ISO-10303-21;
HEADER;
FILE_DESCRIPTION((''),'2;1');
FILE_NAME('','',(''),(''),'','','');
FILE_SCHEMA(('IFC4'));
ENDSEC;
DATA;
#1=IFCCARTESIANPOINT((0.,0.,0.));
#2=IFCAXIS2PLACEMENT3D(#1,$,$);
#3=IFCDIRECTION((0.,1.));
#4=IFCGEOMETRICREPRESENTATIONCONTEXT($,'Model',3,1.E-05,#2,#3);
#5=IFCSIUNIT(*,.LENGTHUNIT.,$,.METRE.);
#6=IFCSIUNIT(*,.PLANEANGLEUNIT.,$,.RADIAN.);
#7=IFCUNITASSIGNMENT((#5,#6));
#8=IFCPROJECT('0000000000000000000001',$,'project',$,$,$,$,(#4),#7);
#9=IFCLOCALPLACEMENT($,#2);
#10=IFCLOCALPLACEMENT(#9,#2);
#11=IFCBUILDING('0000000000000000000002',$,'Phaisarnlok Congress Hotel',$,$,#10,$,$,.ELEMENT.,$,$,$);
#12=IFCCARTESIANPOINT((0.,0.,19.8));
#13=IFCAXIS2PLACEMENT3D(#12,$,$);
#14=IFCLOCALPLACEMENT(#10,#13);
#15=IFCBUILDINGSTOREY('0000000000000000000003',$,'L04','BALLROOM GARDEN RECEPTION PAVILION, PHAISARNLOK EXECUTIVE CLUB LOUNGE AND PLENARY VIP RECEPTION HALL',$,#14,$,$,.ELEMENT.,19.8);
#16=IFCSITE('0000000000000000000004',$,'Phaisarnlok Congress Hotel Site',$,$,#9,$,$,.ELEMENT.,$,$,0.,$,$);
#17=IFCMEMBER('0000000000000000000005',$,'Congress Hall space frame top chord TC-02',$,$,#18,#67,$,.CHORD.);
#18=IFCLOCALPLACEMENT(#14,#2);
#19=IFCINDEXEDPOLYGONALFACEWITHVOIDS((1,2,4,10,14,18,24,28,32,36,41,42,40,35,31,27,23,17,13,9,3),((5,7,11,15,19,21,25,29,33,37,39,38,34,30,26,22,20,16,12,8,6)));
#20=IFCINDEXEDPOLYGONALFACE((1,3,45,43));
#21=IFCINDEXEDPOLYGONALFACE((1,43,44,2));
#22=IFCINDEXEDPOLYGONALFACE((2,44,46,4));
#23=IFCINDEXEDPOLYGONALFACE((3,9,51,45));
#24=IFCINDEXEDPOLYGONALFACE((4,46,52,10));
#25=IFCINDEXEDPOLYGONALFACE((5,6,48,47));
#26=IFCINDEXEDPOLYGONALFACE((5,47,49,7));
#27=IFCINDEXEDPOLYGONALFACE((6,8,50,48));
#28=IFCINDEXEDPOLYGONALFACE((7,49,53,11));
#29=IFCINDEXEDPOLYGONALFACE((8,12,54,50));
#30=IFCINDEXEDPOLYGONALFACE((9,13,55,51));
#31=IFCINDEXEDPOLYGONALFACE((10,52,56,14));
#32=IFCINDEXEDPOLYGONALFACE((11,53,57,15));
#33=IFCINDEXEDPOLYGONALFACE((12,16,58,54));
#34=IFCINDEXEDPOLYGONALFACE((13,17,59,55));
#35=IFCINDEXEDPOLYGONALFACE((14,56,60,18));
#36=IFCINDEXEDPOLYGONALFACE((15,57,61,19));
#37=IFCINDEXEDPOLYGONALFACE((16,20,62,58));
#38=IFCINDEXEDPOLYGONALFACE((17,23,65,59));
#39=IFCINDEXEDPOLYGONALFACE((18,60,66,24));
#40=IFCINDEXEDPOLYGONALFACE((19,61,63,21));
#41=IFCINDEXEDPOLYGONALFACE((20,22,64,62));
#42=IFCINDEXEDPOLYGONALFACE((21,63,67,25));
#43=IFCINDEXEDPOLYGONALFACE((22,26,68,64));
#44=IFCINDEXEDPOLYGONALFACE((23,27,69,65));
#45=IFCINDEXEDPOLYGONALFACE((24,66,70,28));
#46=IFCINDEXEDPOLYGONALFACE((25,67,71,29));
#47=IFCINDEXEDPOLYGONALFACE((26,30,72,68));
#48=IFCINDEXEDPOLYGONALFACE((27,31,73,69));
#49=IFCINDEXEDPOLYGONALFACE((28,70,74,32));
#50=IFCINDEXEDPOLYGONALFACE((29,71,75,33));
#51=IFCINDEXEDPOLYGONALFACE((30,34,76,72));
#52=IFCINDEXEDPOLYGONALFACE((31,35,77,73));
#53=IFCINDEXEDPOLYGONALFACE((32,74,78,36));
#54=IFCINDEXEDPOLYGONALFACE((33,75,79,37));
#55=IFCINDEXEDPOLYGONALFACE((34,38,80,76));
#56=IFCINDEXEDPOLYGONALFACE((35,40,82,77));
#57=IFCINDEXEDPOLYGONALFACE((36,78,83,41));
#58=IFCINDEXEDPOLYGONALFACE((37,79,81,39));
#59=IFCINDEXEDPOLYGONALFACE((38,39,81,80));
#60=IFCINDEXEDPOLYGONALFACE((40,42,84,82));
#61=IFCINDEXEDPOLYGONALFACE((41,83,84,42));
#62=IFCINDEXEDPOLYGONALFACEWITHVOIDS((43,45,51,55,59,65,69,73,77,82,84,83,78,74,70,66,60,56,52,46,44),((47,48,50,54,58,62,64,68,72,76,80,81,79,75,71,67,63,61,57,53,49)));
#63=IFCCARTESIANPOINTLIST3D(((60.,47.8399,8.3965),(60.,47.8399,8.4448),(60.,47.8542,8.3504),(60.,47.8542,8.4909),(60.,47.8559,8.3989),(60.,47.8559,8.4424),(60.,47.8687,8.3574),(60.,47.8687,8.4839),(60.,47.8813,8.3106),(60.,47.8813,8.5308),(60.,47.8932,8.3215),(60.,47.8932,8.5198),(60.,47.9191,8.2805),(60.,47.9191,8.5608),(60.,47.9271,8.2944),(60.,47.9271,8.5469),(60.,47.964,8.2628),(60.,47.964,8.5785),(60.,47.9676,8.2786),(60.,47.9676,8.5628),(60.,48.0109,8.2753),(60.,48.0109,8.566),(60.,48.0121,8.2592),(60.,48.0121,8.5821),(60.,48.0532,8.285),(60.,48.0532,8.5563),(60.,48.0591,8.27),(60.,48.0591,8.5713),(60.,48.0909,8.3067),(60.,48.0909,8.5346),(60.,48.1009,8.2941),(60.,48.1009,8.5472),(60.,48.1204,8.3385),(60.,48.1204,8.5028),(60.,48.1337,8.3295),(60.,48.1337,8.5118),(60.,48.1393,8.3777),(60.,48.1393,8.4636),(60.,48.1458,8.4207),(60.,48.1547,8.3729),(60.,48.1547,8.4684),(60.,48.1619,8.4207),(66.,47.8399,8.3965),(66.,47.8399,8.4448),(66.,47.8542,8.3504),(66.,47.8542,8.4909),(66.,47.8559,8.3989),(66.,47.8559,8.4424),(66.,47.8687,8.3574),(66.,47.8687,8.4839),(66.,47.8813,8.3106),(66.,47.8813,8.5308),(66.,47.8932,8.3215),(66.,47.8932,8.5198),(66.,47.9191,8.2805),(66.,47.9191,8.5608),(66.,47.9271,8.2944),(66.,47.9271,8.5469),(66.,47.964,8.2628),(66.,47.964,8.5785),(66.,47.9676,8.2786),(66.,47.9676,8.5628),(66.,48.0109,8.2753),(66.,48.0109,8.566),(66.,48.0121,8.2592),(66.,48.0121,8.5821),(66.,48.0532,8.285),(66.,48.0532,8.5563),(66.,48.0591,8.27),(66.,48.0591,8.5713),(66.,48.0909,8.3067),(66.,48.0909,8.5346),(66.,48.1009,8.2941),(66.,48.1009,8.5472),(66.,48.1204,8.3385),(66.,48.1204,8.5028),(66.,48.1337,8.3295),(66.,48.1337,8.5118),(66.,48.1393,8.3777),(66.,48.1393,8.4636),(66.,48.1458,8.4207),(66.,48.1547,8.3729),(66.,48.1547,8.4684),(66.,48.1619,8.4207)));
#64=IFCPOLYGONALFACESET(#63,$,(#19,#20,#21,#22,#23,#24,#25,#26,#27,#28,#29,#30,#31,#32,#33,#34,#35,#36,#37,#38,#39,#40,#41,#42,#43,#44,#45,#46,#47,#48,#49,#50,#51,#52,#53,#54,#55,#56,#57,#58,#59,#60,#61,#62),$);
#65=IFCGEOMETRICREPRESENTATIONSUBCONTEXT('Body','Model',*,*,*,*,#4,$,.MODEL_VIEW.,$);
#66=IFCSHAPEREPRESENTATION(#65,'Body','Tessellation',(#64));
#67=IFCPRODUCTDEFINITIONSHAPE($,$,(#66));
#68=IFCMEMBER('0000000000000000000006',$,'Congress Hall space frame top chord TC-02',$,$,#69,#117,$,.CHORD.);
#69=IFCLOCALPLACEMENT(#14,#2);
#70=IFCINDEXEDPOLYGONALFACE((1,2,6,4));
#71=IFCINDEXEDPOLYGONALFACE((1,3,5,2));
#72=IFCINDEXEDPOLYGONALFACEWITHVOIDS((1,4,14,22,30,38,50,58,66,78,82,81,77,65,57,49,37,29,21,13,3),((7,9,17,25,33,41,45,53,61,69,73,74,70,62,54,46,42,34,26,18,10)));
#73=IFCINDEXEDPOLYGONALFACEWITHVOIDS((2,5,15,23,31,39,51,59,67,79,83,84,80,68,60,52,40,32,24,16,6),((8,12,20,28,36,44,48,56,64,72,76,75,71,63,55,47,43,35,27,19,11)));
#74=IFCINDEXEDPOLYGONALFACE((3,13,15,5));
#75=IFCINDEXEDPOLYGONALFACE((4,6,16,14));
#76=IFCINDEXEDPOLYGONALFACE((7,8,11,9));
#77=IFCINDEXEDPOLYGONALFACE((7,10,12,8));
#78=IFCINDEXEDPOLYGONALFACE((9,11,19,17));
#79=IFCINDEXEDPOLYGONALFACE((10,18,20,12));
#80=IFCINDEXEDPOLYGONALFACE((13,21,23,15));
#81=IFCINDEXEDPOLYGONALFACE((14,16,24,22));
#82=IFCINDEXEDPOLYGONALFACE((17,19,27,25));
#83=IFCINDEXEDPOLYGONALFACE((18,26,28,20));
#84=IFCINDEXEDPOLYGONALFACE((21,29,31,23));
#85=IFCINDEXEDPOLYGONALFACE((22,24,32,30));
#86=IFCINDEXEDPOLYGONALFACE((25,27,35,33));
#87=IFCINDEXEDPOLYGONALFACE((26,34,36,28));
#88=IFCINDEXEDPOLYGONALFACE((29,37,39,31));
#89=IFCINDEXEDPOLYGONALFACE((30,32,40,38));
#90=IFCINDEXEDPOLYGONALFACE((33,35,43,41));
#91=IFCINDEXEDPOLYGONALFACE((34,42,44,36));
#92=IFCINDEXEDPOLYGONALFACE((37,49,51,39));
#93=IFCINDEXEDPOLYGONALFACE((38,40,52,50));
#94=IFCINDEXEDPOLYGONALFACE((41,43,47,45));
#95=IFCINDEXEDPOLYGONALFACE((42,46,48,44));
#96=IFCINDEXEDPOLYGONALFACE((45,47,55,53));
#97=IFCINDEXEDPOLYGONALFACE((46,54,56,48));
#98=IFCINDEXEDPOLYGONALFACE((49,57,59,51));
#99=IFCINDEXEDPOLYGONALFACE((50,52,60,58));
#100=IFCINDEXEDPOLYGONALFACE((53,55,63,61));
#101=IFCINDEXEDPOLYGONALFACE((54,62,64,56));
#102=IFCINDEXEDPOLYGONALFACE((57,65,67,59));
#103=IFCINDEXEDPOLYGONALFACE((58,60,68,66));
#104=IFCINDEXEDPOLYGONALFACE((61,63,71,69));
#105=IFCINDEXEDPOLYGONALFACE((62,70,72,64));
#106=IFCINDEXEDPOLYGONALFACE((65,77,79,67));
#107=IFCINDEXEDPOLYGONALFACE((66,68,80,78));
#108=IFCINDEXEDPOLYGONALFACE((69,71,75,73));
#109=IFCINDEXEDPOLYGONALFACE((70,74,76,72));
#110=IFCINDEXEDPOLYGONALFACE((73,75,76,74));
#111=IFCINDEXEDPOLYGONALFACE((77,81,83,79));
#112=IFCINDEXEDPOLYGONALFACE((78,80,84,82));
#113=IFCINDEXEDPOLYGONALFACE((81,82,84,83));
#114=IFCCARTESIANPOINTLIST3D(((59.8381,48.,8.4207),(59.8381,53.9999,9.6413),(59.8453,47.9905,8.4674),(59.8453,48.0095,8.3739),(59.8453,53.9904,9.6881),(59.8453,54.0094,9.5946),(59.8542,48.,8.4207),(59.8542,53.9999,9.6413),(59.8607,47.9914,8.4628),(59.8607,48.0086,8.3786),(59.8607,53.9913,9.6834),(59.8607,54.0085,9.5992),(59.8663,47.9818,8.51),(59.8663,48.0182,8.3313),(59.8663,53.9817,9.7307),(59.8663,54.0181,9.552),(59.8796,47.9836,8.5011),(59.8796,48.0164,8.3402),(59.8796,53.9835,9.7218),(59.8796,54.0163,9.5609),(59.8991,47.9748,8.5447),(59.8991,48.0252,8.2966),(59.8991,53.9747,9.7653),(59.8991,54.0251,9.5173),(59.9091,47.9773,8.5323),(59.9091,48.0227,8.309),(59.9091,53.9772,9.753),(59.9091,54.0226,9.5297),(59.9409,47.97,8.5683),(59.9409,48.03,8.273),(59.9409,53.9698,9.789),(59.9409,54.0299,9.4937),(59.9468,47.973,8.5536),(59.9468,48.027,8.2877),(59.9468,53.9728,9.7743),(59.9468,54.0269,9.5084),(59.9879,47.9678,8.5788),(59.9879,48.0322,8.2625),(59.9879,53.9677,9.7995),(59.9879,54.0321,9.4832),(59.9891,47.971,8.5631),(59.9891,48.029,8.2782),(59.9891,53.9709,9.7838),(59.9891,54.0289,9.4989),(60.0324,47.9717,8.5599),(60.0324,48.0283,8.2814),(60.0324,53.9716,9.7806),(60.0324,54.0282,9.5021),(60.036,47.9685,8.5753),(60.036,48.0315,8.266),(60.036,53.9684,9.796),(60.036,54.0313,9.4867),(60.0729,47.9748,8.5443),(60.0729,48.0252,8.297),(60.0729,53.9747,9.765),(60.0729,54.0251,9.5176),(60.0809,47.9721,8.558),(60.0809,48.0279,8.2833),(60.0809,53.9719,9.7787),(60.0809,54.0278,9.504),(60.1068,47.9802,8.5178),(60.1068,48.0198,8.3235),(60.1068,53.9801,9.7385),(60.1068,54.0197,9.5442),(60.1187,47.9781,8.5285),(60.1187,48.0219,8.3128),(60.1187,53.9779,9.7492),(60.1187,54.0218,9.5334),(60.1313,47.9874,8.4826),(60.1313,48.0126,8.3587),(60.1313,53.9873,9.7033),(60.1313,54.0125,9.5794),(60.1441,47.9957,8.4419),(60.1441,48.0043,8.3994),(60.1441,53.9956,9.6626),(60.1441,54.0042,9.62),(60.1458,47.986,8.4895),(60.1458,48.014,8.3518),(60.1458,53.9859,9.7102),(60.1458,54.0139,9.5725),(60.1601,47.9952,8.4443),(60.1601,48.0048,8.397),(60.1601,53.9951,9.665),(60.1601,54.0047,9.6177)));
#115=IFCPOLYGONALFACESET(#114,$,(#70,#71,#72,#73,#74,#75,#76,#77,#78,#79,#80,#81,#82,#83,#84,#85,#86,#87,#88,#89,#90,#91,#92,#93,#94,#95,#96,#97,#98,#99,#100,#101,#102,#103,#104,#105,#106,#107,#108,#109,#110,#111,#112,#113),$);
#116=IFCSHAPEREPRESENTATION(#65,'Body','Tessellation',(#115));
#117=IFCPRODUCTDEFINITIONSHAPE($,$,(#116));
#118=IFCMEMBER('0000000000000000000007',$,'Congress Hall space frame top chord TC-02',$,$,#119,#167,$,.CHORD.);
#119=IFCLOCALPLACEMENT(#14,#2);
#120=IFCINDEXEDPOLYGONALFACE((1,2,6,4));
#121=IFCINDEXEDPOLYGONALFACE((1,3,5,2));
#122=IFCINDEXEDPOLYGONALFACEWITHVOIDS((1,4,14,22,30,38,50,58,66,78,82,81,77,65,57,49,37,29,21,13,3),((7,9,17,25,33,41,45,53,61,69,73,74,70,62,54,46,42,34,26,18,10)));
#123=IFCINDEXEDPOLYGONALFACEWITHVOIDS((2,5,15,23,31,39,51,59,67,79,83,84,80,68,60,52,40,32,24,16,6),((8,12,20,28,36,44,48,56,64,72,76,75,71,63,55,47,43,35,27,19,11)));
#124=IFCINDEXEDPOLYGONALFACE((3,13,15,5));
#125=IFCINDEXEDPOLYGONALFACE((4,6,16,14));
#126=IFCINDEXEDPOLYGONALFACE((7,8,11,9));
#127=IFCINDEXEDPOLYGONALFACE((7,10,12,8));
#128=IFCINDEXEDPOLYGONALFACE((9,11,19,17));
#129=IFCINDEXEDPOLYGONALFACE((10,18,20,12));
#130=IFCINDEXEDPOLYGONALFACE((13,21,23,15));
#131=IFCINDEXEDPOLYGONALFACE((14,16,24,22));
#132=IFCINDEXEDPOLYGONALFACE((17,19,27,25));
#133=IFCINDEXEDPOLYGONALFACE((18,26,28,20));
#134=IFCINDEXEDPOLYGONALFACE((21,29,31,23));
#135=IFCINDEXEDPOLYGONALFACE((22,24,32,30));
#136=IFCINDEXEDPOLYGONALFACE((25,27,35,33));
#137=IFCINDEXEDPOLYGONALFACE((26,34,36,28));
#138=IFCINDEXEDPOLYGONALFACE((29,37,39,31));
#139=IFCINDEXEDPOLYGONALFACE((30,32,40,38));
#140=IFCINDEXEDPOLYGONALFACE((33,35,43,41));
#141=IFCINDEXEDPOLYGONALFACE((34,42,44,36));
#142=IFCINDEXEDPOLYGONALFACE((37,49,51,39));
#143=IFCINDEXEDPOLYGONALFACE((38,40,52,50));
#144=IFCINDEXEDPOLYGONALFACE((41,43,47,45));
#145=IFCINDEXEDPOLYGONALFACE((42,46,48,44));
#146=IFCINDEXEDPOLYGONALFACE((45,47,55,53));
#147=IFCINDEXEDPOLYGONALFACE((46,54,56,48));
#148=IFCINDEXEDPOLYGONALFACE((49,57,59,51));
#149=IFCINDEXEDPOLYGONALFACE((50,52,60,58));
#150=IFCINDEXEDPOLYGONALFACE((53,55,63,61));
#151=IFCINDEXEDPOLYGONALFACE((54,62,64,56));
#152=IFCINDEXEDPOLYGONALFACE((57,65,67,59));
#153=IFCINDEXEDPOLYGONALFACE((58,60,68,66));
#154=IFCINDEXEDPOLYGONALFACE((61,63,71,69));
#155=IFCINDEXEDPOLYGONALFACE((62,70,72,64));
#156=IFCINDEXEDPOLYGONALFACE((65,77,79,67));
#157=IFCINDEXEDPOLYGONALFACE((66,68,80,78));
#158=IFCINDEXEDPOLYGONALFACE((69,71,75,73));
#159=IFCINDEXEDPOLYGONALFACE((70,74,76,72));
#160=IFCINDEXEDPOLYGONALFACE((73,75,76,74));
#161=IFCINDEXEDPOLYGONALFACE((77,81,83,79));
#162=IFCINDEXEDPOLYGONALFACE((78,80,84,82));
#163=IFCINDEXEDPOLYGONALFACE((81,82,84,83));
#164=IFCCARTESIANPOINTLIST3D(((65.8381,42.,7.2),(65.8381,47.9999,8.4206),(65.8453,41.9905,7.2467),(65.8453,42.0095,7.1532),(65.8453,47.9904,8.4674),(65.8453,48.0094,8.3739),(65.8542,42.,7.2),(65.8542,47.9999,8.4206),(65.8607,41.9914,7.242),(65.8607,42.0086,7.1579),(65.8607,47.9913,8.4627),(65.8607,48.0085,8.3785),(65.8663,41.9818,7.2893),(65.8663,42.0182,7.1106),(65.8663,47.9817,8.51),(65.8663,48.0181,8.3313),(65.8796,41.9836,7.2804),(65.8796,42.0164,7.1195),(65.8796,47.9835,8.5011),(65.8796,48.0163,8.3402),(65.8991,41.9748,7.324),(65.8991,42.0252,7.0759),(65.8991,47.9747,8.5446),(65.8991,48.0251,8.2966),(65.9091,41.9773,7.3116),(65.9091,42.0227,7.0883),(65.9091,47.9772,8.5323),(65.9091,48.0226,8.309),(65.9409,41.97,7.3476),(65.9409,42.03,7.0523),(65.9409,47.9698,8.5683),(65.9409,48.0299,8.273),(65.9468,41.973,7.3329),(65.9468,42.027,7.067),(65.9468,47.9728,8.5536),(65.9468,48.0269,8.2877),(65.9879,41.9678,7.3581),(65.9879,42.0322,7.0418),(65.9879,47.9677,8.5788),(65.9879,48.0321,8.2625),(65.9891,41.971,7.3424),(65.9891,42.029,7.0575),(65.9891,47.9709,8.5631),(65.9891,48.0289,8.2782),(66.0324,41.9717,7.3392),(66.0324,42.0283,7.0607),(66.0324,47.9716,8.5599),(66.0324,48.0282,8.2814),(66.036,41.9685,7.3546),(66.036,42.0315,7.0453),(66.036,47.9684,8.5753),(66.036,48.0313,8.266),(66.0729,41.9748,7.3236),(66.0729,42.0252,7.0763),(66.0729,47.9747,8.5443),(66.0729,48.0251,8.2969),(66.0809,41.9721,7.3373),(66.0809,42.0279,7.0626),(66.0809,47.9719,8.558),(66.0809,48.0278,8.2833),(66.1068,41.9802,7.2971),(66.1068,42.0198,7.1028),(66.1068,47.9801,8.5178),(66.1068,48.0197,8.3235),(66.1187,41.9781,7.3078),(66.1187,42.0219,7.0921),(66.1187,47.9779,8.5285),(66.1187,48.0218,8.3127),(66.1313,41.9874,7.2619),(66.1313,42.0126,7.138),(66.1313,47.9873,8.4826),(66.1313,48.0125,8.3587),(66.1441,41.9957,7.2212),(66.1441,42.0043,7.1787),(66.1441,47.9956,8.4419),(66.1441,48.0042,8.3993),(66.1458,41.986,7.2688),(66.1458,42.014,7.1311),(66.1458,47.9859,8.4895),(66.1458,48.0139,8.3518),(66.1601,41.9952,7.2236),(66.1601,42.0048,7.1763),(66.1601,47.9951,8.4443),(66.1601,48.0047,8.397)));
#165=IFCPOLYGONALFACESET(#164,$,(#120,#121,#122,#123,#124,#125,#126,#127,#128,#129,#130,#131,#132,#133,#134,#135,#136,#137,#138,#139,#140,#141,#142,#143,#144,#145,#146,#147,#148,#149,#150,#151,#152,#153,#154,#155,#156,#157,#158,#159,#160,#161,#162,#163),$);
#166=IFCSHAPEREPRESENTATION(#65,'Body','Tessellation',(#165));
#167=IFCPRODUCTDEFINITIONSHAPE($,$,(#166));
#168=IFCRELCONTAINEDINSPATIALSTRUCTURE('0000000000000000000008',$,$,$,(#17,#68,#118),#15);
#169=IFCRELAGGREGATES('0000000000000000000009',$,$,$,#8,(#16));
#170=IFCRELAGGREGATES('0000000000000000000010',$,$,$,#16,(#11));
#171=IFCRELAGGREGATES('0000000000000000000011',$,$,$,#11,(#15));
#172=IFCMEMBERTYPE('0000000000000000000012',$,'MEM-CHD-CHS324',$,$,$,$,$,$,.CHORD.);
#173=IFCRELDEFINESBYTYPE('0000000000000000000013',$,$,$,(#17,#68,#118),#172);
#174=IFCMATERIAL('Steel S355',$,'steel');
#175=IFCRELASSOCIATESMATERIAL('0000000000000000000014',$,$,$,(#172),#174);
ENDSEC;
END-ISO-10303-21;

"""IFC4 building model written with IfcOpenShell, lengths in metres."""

from ifc_helpers import new_model, si_unit, direction, frame, origin, origin_2d, place, context, subcontext, project, spatial, hollow_circle, extrude, material, material_profile, profile_set, type_object, element, save


model = new_model("IFC4")

# Units and contexts
model_context = context("Model", 3, precision=1e-05, world=origin(), true_north=direction((0.0, 1.0)))
body_context = subcontext(model_context, "Body", "Model", "MODEL_VIEW")
ifc_project = project(units=[si_unit("LENGTHUNIT", "METRE"), si_unit("PLANEANGLEUNIT", "RADIAN")], contexts=[model_context])

# Site, building, storey
site_placement = place(None, origin())
site = spatial("IfcSite", under=ifc_project, at=site_placement, Name="Phaisarnlok Congress Hotel Site", CompositionType="ELEMENT", RefElevation=0.0)
building_placement = place(site_placement, origin())
building = spatial("IfcBuilding", under=site, at=building_placement, Name="Phaisarnlok Congress Hotel", CompositionType="ELEMENT")
storey_placement = place(building_placement, frame((0.0, 0.0, 19.8)))
storey = spatial("IfcBuildingStorey", under=building, at=storey_placement, Name="L04", Description="BALLROOM GARDEN RECEPTION PAVILION, PHAISARNLOK EXECUTIVE CLUB LOUNGE AND PLENARY VIP RECEPTION HALL", CompositionType="ELEMENT", Elevation=19.8)

# Members
ifc_material_1 = material(Name="Steel S355", Category="steel")
ifc_material_profile_1 = material_profile(ifc_material_1, hollow_circle(Radius=0.1619, WallThickness=0.0161, at=origin_2d()), Name="CHS 323.9x16")
ifc_profile_set_1 = profile_set([ifc_material_profile_1], Name="Steel S355")
member_type_1 = type_object("IfcMemberType", Name="MEM-CHD-CHS324", PredefinedType="CHORD", material=ifc_profile_set_1)
member_1_placement = place(storey_placement, frame((60.0, 48.0, 8.4207), z_axis=(1.0, 0.0, 0.0), x_axis=(0.0, 1.0, 0.0)))
element("IfcMember", 1, at=member_1_placement, inside=storey, type_object=member_type_1, Name="Congress Hall space frame top chord TC-02", PredefinedType="CHORD", context=body_context, shape_type="SweptSolid", body=[
    extrude(hollow_circle(Radius=0.1619, WallThickness=0.0161, at=origin_2d()), origin(), (0.0, 0.0, 1.0), 6.0),
])
for number, where, z_axis, x_axis, name in (
    (2, (60.0, 48.0, 8.4207), (0.0, 0.979925, 0.199366), (-1.0, 0.0, 0.0), "Congress Hall space frame top chord TC-02"),
    (3, (66.0, 42.0, 7.2), (0.0, 0.979925, 0.199366), (-1.0, 0.0, 0.0), "Congress Hall space frame top chord TC-02"),
):
    element("IfcMember", number, at=place(storey_placement, frame(where, z_axis=z_axis, x_axis=x_axis)), inside=storey, type_object=member_type_1, Name=name, PredefinedType="CHORD", context=body_context, shape_type="SweptSolid", body=[
        extrude(hollow_circle(Radius=0.1619, WallThickness=0.0161, at=origin_2d()), origin(), (0.0, 0.0, 1.0), 6.1228),
    ])

save(model, "model.ifc")
